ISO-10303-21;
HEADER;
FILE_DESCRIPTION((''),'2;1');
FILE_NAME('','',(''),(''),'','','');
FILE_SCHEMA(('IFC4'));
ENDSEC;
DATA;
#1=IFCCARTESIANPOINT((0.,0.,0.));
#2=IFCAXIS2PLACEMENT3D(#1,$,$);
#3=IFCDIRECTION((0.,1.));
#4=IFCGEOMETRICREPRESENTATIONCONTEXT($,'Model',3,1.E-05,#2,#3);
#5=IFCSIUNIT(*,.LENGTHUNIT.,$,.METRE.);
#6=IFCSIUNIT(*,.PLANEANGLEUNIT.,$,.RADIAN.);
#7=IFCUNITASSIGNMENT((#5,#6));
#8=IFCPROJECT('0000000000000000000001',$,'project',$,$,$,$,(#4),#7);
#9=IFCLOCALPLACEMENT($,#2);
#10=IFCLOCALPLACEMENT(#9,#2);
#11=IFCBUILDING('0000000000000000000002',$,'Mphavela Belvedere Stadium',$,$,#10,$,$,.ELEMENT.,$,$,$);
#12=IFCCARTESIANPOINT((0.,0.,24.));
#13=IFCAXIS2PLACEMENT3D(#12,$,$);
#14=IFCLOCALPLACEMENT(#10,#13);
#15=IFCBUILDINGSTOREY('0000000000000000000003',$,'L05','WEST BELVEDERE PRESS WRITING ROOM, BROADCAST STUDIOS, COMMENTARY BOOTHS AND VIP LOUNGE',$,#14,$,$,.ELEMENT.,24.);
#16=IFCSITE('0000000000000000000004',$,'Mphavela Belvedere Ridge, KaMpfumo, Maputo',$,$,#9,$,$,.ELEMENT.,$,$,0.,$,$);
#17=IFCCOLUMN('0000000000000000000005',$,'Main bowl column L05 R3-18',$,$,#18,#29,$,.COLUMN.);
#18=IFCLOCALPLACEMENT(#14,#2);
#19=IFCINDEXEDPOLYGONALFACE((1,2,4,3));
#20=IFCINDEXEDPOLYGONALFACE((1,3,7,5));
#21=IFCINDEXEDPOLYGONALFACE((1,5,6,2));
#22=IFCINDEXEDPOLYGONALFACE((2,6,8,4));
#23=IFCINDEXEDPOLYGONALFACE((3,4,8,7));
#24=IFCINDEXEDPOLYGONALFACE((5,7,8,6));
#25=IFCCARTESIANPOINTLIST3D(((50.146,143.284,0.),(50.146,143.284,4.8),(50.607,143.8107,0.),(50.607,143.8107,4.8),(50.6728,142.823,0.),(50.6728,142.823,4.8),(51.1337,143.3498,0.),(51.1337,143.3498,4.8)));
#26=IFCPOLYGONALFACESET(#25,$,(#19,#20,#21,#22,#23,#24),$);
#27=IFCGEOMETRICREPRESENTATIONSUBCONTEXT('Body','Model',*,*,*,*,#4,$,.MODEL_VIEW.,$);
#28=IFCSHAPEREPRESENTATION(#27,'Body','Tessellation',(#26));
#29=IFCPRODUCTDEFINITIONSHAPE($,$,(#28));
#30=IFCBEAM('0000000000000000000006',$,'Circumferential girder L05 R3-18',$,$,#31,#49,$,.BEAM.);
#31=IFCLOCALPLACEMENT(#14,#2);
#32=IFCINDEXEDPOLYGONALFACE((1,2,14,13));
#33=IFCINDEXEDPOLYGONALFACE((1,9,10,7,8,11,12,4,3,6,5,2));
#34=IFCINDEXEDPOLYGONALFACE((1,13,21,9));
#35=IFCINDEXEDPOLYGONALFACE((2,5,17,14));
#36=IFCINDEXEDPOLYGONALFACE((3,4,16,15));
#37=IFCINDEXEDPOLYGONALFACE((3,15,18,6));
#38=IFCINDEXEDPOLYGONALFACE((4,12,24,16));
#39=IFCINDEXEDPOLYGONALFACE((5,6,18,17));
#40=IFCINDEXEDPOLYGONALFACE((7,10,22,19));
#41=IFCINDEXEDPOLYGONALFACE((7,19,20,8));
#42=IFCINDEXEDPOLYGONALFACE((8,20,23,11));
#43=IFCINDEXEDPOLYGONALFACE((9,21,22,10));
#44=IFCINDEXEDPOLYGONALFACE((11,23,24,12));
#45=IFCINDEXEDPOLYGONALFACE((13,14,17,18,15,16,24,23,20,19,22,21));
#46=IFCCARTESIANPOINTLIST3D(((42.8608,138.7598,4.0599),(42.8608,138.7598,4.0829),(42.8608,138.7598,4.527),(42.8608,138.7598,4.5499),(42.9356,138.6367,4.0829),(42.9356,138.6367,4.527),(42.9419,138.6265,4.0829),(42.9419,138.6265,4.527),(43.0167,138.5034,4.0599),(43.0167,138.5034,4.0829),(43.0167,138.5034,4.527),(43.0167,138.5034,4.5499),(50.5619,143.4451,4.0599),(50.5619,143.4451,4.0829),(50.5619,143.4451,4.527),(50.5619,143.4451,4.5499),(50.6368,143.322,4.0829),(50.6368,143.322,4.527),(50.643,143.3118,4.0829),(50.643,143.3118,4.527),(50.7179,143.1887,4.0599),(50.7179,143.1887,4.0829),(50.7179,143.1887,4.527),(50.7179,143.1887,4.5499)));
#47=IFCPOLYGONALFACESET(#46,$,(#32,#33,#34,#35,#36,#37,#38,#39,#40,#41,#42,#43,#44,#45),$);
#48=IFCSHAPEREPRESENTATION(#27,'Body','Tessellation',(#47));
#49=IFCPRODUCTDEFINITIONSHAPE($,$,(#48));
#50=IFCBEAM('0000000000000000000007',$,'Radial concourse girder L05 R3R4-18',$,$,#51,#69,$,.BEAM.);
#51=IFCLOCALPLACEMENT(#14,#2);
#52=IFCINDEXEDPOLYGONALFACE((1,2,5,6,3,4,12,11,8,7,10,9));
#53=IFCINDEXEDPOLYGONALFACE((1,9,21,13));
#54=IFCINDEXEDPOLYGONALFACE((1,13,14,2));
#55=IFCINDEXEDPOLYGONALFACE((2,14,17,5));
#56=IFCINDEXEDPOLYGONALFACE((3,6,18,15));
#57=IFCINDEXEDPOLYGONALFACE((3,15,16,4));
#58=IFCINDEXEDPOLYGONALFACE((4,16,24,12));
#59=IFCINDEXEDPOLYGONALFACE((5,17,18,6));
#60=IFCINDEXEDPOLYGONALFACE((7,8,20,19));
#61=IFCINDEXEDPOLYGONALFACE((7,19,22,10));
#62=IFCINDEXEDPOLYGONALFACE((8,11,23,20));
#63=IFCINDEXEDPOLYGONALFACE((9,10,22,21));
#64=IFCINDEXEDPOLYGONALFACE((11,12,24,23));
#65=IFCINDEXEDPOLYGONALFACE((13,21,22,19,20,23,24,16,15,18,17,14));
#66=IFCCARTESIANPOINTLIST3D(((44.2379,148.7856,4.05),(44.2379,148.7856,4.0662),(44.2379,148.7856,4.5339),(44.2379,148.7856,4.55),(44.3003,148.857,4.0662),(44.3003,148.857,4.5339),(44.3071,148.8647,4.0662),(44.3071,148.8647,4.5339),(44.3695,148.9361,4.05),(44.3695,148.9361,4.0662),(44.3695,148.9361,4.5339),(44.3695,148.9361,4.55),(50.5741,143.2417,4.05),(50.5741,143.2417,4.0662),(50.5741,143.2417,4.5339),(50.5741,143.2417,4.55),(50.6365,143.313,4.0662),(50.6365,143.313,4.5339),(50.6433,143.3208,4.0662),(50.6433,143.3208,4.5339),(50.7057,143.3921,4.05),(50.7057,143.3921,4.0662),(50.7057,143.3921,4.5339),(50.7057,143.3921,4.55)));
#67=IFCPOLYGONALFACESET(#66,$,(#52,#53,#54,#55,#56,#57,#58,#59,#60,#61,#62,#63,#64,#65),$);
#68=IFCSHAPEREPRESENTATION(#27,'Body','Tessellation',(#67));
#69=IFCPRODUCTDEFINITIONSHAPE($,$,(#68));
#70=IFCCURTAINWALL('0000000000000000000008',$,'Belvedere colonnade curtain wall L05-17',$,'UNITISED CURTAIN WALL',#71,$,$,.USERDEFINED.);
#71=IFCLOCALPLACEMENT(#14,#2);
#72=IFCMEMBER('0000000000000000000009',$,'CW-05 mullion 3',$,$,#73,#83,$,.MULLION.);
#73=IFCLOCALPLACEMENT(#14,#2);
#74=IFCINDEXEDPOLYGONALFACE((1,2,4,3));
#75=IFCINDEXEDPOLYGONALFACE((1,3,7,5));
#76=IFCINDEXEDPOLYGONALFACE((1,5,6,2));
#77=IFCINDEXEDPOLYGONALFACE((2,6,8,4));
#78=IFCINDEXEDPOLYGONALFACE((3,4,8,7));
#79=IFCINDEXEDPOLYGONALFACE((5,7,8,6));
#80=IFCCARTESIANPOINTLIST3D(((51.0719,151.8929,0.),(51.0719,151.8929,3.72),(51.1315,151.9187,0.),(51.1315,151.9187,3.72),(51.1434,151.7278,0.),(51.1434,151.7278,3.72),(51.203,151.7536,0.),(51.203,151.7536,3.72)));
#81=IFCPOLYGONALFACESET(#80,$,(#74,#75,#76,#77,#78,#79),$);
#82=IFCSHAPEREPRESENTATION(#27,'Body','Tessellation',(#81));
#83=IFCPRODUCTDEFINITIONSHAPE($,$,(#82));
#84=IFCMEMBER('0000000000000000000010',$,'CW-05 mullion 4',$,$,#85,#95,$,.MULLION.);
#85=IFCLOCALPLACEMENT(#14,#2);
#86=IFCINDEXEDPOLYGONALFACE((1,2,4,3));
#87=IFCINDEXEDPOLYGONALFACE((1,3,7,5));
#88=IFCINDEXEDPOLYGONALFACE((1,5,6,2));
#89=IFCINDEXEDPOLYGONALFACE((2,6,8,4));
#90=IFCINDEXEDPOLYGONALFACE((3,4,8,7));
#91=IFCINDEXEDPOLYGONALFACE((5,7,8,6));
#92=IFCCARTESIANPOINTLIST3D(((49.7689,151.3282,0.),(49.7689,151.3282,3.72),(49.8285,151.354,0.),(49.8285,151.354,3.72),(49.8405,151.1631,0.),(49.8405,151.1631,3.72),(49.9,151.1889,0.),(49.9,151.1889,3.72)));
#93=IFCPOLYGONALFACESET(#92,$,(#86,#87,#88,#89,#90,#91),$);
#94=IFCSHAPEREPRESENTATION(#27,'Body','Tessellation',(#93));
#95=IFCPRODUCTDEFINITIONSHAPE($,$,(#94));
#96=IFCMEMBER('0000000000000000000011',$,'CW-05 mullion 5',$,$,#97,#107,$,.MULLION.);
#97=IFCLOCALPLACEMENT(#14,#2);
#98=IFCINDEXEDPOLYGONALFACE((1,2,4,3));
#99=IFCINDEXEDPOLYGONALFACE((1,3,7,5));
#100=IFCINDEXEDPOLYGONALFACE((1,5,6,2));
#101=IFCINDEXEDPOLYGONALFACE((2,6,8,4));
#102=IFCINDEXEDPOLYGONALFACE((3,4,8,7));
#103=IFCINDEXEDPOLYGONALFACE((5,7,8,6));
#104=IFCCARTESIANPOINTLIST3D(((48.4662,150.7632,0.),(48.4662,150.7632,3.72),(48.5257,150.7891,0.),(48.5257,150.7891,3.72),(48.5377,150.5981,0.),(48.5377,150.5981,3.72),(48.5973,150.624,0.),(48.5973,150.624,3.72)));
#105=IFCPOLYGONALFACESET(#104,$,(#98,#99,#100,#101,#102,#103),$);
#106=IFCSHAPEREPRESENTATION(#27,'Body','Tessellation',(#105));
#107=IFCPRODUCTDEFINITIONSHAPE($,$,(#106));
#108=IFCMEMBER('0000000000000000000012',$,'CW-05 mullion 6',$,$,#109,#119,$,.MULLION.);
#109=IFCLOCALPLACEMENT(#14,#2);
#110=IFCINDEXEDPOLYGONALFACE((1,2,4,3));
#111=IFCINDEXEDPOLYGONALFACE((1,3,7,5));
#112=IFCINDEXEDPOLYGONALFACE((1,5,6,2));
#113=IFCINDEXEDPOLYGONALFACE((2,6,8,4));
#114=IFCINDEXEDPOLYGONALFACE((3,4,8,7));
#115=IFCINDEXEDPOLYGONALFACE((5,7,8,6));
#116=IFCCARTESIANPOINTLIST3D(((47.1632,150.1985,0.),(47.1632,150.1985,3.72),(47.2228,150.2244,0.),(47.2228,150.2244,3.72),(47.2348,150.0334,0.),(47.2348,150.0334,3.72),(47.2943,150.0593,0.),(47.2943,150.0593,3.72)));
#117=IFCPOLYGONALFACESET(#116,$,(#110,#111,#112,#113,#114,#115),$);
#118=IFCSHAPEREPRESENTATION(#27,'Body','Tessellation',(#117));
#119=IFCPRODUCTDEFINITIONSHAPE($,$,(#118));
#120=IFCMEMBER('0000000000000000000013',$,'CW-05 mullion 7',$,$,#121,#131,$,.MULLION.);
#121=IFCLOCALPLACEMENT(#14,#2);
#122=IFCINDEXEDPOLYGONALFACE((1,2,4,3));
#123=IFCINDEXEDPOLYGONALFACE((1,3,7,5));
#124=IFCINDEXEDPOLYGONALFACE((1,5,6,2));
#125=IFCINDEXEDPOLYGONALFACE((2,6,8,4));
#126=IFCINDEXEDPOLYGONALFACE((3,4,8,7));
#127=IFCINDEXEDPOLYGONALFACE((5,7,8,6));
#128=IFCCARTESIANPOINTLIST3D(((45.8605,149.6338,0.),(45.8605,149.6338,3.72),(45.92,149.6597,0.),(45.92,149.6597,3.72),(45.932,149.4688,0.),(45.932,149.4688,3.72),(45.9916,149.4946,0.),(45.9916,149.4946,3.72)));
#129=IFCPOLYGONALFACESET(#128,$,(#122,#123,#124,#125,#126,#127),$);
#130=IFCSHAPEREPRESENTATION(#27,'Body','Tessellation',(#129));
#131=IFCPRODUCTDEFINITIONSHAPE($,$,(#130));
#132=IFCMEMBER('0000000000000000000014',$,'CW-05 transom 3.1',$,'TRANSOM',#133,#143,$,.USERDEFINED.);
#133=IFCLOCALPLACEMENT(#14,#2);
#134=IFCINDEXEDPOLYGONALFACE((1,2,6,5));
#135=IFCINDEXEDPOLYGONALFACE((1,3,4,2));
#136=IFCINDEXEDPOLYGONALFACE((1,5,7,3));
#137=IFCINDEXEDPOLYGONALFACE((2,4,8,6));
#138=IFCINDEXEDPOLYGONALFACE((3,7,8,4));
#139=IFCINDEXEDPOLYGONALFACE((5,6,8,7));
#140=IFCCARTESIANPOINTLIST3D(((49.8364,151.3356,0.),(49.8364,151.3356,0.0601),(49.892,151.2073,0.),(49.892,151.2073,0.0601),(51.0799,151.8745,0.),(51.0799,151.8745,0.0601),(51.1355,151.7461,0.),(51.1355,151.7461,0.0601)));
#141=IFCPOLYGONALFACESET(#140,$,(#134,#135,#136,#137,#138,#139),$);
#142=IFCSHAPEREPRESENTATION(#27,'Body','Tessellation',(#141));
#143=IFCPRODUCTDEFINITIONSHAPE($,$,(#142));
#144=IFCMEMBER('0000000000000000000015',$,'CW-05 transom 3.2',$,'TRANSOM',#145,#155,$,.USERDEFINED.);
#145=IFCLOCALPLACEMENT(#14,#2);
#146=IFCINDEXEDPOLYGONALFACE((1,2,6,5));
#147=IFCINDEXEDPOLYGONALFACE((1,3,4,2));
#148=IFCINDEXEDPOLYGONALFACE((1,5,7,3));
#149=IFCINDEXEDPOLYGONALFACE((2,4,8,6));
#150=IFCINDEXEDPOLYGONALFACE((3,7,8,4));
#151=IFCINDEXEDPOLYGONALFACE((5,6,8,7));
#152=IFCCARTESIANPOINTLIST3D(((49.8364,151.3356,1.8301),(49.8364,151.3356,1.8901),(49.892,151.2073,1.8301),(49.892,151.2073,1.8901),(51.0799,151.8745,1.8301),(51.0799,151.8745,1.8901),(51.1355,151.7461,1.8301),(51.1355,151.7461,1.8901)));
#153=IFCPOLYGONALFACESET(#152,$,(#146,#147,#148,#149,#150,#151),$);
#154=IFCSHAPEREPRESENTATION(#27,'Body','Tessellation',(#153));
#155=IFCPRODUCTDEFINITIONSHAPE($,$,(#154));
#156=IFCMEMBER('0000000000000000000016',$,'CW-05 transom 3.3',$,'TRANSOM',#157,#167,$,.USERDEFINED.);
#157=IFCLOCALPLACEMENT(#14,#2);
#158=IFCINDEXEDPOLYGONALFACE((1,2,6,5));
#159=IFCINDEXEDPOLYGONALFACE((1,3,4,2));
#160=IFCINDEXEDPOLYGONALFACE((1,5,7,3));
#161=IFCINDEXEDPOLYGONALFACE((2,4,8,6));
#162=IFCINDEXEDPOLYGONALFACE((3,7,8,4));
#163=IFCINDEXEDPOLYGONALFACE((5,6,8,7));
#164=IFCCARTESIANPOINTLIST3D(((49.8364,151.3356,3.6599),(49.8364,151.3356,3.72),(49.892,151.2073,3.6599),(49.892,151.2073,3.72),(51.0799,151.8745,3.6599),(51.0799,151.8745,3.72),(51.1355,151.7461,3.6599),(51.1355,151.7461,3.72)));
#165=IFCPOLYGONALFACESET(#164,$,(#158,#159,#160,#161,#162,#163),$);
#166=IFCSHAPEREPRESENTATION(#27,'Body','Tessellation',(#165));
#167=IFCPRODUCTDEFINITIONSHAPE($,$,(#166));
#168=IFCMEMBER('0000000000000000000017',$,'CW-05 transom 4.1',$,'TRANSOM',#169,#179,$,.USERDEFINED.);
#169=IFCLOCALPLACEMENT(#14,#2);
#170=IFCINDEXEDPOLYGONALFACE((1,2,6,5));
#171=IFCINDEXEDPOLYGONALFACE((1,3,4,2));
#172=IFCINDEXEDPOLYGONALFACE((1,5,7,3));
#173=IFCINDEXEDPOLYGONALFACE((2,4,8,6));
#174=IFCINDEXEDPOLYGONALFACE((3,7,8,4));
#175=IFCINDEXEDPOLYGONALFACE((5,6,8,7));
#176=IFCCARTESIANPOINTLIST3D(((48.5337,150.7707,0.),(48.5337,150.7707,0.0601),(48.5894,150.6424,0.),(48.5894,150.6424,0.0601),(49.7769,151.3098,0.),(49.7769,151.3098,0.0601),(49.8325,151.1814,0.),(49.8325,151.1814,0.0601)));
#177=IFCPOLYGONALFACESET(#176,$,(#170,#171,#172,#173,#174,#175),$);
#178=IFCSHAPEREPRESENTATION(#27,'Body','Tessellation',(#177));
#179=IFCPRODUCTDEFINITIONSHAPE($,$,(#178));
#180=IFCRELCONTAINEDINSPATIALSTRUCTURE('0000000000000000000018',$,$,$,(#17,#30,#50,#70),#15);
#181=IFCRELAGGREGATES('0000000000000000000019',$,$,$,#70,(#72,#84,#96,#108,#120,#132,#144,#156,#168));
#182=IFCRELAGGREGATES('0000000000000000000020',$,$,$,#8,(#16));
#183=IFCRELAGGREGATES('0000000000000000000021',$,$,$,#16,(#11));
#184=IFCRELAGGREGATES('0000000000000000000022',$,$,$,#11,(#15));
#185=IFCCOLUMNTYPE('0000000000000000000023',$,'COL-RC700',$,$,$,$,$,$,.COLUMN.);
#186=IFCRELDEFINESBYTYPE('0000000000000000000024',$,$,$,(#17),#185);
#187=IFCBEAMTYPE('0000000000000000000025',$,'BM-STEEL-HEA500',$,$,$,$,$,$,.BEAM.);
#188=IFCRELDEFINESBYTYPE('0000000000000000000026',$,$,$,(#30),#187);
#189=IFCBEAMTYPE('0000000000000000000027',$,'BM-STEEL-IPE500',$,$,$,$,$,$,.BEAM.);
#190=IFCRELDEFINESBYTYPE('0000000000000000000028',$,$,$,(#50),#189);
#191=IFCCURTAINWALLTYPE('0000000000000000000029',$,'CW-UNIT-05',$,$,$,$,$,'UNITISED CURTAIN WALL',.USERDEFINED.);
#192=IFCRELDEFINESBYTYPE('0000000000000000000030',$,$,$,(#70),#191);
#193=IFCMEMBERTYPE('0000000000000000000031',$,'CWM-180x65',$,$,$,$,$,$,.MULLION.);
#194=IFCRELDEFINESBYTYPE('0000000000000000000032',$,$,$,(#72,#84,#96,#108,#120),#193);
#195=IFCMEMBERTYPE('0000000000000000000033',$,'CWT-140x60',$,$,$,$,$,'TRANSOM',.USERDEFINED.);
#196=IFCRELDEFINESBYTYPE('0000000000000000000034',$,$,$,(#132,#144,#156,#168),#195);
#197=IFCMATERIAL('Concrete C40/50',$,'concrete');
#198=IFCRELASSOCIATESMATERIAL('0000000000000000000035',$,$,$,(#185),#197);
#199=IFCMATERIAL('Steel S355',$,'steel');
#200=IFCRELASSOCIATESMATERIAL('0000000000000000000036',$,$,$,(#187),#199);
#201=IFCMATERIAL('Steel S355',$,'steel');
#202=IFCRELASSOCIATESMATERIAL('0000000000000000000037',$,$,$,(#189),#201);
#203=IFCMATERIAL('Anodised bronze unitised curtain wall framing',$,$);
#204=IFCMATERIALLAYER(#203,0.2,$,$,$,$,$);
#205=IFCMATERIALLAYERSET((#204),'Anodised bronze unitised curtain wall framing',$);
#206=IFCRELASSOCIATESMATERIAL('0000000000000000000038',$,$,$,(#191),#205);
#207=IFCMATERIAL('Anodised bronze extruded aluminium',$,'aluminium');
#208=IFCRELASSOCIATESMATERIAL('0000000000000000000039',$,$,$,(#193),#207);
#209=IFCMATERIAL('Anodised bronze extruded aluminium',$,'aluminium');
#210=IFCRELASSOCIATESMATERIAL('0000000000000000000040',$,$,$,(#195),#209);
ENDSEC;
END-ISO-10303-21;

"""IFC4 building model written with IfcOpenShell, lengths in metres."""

from ifc_helpers import new_model, si_unit, direction, frame, origin, origin_2d, place, context, subcontext, project, spatial, rectangle, i_section, extrude, material, layer, layer_set, material_profile, profile_set, type_object, element, aggregate, save


model = new_model("IFC4")

# Units and contexts
model_context = context("Model", 3, precision=1e-05, world=origin(), true_north=direction((0.0, 1.0)))
body_context = subcontext(model_context, "Body", "Model", "MODEL_VIEW")
ifc_project = project(units=[si_unit("LENGTHUNIT", "METRE"), si_unit("PLANEANGLEUNIT", "RADIAN")], contexts=[model_context])

# Site, building, storey
site_placement = place(None, origin())
site = spatial("IfcSite", under=ifc_project, at=site_placement, Name="Mphavela Belvedere Ridge, KaMpfumo, Maputo", CompositionType="ELEMENT", RefElevation=0.0)
building_placement = place(site_placement, origin())
building = spatial("IfcBuilding", under=site, at=building_placement, Name="Mphavela Belvedere Stadium", CompositionType="ELEMENT")
storey_placement = place(building_placement, frame((0.0, 0.0, 24.0)))
storey = spatial("IfcBuildingStorey", under=building, at=storey_placement, Name="L05", Description="WEST BELVEDERE PRESS WRITING ROOM, BROADCAST STUDIOS, COMMENTARY BOOTHS AND VIP LOUNGE", CompositionType="ELEMENT", Elevation=24.0)

# Column
ifc_material_1 = material(Name="Concrete C40/50", Category="concrete")
ifc_material_profile_1 = material_profile(ifc_material_1, rectangle(XDim=0.7, YDim=0.7, at=origin_2d()), Name="RC 700x700")
ifc_profile_set_1 = profile_set([ifc_material_profile_1], Name="Concrete C40/50")
column_type = type_object("IfcColumnType", Name="COL-RC700", PredefinedType="COLUMN", material=ifc_profile_set_1)
column_placement = place(storey_placement, frame((50.6399, 143.3169, 0.0), z_axis=(0.0, 0.0, 1.0), x_axis=(-0.75253, 0.658558, 0.0)))
element("IfcColumn", 1, at=column_placement, inside=storey, type_object=column_type, Name="Main bowl column L05 R3-18", PredefinedType="COLUMN", context=body_context, shape_type="SweptSolid", body=[
    extrude(rectangle(XDim=0.7, YDim=0.7, at=origin_2d()), origin(), (0.0, 0.0, 1.0), 4.8),
])

# Beams
ifc_material_2 = material(Name="Steel S355", Category="steel")
ifc_material_profile_2 = material_profile(ifc_material_2, i_section(OverallWidth=0.3, OverallDepth=0.49, WebThickness=0.012, FlangeThickness=0.0229, at=origin_2d()), Name="HEA 500")
ifc_profile_set_2 = profile_set([ifc_material_profile_2], Name="Steel S355")
beam_type_1 = type_object("IfcBeamType", Name="BM-STEEL-HEA500", PredefinedType="BEAM", material=ifc_profile_set_2)
beam_1_placement = place(storey_placement, frame((50.6399, 143.3169, 4.3049), z_axis=(-0.854315, -0.519755, 0.0), x_axis=(0.519755, -0.854315, 0.0)))
element("IfcBeam", 2, at=beam_1_placement, inside=storey, type_object=beam_type_1, Name="Circumferential girder L05 R3-18", PredefinedType="BEAM", context=body_context, shape_type="SweptSolid", body=[
    extrude(i_section(OverallWidth=0.3, OverallDepth=0.49, WebThickness=0.012, FlangeThickness=0.0229, at=origin_2d()), origin(), (0.0, 0.0, 1.0), 9.0144),
])
ifc_material_3 = material(Name="Steel S355", Category="steel")
ifc_material_profile_3 = material_profile(ifc_material_3, i_section(OverallWidth=0.2, OverallDepth=0.5, WebThickness=0.0103, FlangeThickness=0.0161, at=origin_2d()), Name="IPE 500")
ifc_profile_set_3 = profile_set([ifc_material_profile_3], Name="Steel S355")
beam_type_2 = type_object("IfcBeamType", Name="BM-STEEL-IPE500", PredefinedType="BEAM", material=ifc_profile_set_3)
beam_2_placement = place(storey_placement, frame((50.6399, 143.3169, 4.3), z_axis=(-0.752589, 0.65849, 0.0), x_axis=(-0.65849, -0.752589, 0.0)))
element("IfcBeam", 3, at=beam_2_placement, inside=storey, type_object=beam_type_2, Name="Radial concourse girder L05 R3R4-18", PredefinedType="BEAM", context=body_context, shape_type="SweptSolid", body=[
    extrude(i_section(OverallWidth=0.2, OverallDepth=0.5, WebThickness=0.0103, FlangeThickness=0.0161, at=origin_2d()), origin(), (0.0, 0.0, 1.0), 8.4192),
])

# Curtain wall, members
ifc_material_4 = material(Name="Anodised bronze unitised curtain wall framing")
ifc_layer_1 = layer(ifc_material_4, 0.2)
ifc_layer_set_1 = layer_set([ifc_layer_1], Name="Anodised bronze unitised curtain wall framing")
curtain_wall_type = type_object("IfcCurtainWallType", Name="CW-UNIT-05", ElementType="UNITISED CURTAIN WALL", PredefinedType="USERDEFINED", material=ifc_layer_set_1)
curtain_wall_placement = place(storey_placement, origin())
curtain_wall = element("IfcCurtainWall", 4, at=curtain_wall_placement, inside=storey, type_object=curtain_wall_type, Name="Belvedere colonnade curtain wall L05-17", ObjectType="UNITISED CURTAIN WALL", PredefinedType="USERDEFINED")
ifc_material_5 = material(Name="Anodised bronze extruded aluminium", Category="aluminium")
ifc_material_profile_4 = material_profile(ifc_material_5, rectangle(XDim=0.1799, YDim=0.0649, at=origin_2d()), Name="CW-MUL 180x65")
ifc_profile_set_4 = profile_set([ifc_material_profile_4], Name="Anodised bronze extruded aluminium")
member_type_1 = type_object("IfcMemberType", Name="CWM-180x65", PredefinedType="MULLION", material=ifc_profile_set_4)
member_1_placement = place(storey_placement, frame((51.1375, 151.8232, 0.0), z_axis=(0.0, 0.0, 1.0), x_axis=(0.397743, -0.917497, 0.0)))
member_1 = element("IfcMember", 5, at=member_1_placement, type_object=member_type_1, Name="CW-05 mullion 3", PredefinedType="MULLION", context=body_context, shape_type="SweptSolid", body=[
    extrude(rectangle(XDim=0.1799, YDim=0.0649, at=origin_2d()), origin(), (0.0, 0.0, 1.0), 3.72),
])
member_2_placement = place(storey_placement, frame((49.8345, 151.2585, 0.0), z_axis=(0.0, 0.0, 1.0), x_axis=(0.397743, -0.917497, 0.0)))
member_2 = element("IfcMember", 6, at=member_2_placement, type_object=member_type_1, Name="CW-05 mullion 4", PredefinedType="MULLION", context=body_context, shape_type="SweptSolid", body=[
    extrude(rectangle(XDim=0.1799, YDim=0.0649, at=origin_2d()), origin(), (0.0, 0.0, 1.0), 3.72),
])
member_3_placement = place(storey_placement, frame((48.5317, 150.6936, 0.0), z_axis=(0.0, 0.0, 1.0), x_axis=(0.397743, -0.917497, 0.0)))
member_3 = element("IfcMember", 7, at=member_3_placement, type_object=member_type_1, Name="CW-05 mullion 5", PredefinedType="MULLION", context=body_context, shape_type="SweptSolid", body=[
    extrude(rectangle(XDim=0.1799, YDim=0.0649, at=origin_2d()), origin(), (0.0, 0.0, 1.0), 3.72),
])
member_4_placement = place(storey_placement, frame((47.2288, 150.1289, 0.0), z_axis=(0.0, 0.0, 1.0), x_axis=(0.397743, -0.917497, 0.0)))
member_4 = element("IfcMember", 8, at=member_4_placement, type_object=member_type_1, Name="CW-05 mullion 6", PredefinedType="MULLION", context=body_context, shape_type="SweptSolid", body=[
    extrude(rectangle(XDim=0.1799, YDim=0.0649, at=origin_2d()), origin(), (0.0, 0.0, 1.0), 3.72),
])
member_5_placement = place(storey_placement, frame((45.926, 149.5642, 0.0), z_axis=(0.0, 0.0, 1.0), x_axis=(0.397743, -0.917497, 0.0)))
member_5 = element("IfcMember", 9, at=member_5_placement, type_object=member_type_1, Name="CW-05 mullion 7", PredefinedType="MULLION", context=body_context, shape_type="SweptSolid", body=[
    extrude(rectangle(XDim=0.1799, YDim=0.0649, at=origin_2d()), origin(), (0.0, 0.0, 1.0), 3.72),
])
ifc_material_6 = material(Name="Anodised bronze extruded aluminium", Category="aluminium")
ifc_material_profile_5 = material_profile(ifc_material_6, rectangle(XDim=0.1399, YDim=0.0601, at=origin_2d()), Name="CW-TRN 140x60")
ifc_profile_set_5 = profile_set([ifc_material_profile_5], Name="Anodised bronze extruded aluminium")
member_type_2 = type_object("IfcMemberType", Name="CWT-140x60", ElementType="TRANSOM", PredefinedType="USERDEFINED", material=ifc_profile_set_5)
member_6_placement = place(storey_placement, frame((51.1077, 151.8103, 0.03), z_axis=(-0.917553, -0.397612, 0.0), x_axis=(0.397612, -0.917553, 0.0)))
member_6 = element("IfcMember", 10, at=member_6_placement, type_object=member_type_2, Name="CW-05 transom 3.1", ObjectType="TRANSOM", PredefinedType="USERDEFINED", context=body_context, shape_type="SweptSolid", body=[
    extrude(rectangle(XDim=0.1399, YDim=0.0601, at=origin_2d()), origin(), (0.0, 0.0, 1.0), 1.3552),
])
member_7_placement = place(storey_placement, frame((51.1077, 151.8103, 1.8601), z_axis=(-0.917553, -0.397612, 0.0), x_axis=(0.397612, -0.917553, 0.0)))
member_7 = element("IfcMember", 11, at=member_7_placement, type_object=member_type_2, Name="CW-05 transom 3.2", ObjectType="TRANSOM", PredefinedType="USERDEFINED", context=body_context, shape_type="SweptSolid", body=[
    extrude(rectangle(XDim=0.1399, YDim=0.0601, at=origin_2d()), origin(), (0.0, 0.0, 1.0), 1.3552),
])
member_8_placement = place(storey_placement, frame((51.1077, 151.8103, 3.6899), z_axis=(-0.917553, -0.397612, 0.0), x_axis=(0.397612, -0.917553, 0.0)))
member_8 = element("IfcMember", 12, at=member_8_placement, type_object=member_type_2, Name="CW-05 transom 3.3", ObjectType="TRANSOM", PredefinedType="USERDEFINED", context=body_context, shape_type="SweptSolid", body=[
    extrude(rectangle(XDim=0.1399, YDim=0.0601, at=origin_2d()), origin(), (0.0, 0.0, 1.0), 1.3552),
])
member_9_placement = place(storey_placement, frame((49.8047, 151.2456, 0.03), z_axis=(-0.917459, -0.39783, 0.0), x_axis=(0.39783, -0.917459, 0.0)))
member_9 = element("IfcMember", 13, at=member_9_placement, type_object=member_type_2, Name="CW-05 transom 4.1", ObjectType="TRANSOM", PredefinedType="USERDEFINED", context=body_context, shape_type="SweptSolid", body=[
    extrude(rectangle(XDim=0.1399, YDim=0.0601, at=origin_2d()), origin(), (0.0, 0.0, 1.0), 1.355),
])
aggregate(curtain_wall, [member_1, member_2, member_3, member_4, member_5, member_6, member_7, member_8, member_9])

save(model, "model.ifc")
